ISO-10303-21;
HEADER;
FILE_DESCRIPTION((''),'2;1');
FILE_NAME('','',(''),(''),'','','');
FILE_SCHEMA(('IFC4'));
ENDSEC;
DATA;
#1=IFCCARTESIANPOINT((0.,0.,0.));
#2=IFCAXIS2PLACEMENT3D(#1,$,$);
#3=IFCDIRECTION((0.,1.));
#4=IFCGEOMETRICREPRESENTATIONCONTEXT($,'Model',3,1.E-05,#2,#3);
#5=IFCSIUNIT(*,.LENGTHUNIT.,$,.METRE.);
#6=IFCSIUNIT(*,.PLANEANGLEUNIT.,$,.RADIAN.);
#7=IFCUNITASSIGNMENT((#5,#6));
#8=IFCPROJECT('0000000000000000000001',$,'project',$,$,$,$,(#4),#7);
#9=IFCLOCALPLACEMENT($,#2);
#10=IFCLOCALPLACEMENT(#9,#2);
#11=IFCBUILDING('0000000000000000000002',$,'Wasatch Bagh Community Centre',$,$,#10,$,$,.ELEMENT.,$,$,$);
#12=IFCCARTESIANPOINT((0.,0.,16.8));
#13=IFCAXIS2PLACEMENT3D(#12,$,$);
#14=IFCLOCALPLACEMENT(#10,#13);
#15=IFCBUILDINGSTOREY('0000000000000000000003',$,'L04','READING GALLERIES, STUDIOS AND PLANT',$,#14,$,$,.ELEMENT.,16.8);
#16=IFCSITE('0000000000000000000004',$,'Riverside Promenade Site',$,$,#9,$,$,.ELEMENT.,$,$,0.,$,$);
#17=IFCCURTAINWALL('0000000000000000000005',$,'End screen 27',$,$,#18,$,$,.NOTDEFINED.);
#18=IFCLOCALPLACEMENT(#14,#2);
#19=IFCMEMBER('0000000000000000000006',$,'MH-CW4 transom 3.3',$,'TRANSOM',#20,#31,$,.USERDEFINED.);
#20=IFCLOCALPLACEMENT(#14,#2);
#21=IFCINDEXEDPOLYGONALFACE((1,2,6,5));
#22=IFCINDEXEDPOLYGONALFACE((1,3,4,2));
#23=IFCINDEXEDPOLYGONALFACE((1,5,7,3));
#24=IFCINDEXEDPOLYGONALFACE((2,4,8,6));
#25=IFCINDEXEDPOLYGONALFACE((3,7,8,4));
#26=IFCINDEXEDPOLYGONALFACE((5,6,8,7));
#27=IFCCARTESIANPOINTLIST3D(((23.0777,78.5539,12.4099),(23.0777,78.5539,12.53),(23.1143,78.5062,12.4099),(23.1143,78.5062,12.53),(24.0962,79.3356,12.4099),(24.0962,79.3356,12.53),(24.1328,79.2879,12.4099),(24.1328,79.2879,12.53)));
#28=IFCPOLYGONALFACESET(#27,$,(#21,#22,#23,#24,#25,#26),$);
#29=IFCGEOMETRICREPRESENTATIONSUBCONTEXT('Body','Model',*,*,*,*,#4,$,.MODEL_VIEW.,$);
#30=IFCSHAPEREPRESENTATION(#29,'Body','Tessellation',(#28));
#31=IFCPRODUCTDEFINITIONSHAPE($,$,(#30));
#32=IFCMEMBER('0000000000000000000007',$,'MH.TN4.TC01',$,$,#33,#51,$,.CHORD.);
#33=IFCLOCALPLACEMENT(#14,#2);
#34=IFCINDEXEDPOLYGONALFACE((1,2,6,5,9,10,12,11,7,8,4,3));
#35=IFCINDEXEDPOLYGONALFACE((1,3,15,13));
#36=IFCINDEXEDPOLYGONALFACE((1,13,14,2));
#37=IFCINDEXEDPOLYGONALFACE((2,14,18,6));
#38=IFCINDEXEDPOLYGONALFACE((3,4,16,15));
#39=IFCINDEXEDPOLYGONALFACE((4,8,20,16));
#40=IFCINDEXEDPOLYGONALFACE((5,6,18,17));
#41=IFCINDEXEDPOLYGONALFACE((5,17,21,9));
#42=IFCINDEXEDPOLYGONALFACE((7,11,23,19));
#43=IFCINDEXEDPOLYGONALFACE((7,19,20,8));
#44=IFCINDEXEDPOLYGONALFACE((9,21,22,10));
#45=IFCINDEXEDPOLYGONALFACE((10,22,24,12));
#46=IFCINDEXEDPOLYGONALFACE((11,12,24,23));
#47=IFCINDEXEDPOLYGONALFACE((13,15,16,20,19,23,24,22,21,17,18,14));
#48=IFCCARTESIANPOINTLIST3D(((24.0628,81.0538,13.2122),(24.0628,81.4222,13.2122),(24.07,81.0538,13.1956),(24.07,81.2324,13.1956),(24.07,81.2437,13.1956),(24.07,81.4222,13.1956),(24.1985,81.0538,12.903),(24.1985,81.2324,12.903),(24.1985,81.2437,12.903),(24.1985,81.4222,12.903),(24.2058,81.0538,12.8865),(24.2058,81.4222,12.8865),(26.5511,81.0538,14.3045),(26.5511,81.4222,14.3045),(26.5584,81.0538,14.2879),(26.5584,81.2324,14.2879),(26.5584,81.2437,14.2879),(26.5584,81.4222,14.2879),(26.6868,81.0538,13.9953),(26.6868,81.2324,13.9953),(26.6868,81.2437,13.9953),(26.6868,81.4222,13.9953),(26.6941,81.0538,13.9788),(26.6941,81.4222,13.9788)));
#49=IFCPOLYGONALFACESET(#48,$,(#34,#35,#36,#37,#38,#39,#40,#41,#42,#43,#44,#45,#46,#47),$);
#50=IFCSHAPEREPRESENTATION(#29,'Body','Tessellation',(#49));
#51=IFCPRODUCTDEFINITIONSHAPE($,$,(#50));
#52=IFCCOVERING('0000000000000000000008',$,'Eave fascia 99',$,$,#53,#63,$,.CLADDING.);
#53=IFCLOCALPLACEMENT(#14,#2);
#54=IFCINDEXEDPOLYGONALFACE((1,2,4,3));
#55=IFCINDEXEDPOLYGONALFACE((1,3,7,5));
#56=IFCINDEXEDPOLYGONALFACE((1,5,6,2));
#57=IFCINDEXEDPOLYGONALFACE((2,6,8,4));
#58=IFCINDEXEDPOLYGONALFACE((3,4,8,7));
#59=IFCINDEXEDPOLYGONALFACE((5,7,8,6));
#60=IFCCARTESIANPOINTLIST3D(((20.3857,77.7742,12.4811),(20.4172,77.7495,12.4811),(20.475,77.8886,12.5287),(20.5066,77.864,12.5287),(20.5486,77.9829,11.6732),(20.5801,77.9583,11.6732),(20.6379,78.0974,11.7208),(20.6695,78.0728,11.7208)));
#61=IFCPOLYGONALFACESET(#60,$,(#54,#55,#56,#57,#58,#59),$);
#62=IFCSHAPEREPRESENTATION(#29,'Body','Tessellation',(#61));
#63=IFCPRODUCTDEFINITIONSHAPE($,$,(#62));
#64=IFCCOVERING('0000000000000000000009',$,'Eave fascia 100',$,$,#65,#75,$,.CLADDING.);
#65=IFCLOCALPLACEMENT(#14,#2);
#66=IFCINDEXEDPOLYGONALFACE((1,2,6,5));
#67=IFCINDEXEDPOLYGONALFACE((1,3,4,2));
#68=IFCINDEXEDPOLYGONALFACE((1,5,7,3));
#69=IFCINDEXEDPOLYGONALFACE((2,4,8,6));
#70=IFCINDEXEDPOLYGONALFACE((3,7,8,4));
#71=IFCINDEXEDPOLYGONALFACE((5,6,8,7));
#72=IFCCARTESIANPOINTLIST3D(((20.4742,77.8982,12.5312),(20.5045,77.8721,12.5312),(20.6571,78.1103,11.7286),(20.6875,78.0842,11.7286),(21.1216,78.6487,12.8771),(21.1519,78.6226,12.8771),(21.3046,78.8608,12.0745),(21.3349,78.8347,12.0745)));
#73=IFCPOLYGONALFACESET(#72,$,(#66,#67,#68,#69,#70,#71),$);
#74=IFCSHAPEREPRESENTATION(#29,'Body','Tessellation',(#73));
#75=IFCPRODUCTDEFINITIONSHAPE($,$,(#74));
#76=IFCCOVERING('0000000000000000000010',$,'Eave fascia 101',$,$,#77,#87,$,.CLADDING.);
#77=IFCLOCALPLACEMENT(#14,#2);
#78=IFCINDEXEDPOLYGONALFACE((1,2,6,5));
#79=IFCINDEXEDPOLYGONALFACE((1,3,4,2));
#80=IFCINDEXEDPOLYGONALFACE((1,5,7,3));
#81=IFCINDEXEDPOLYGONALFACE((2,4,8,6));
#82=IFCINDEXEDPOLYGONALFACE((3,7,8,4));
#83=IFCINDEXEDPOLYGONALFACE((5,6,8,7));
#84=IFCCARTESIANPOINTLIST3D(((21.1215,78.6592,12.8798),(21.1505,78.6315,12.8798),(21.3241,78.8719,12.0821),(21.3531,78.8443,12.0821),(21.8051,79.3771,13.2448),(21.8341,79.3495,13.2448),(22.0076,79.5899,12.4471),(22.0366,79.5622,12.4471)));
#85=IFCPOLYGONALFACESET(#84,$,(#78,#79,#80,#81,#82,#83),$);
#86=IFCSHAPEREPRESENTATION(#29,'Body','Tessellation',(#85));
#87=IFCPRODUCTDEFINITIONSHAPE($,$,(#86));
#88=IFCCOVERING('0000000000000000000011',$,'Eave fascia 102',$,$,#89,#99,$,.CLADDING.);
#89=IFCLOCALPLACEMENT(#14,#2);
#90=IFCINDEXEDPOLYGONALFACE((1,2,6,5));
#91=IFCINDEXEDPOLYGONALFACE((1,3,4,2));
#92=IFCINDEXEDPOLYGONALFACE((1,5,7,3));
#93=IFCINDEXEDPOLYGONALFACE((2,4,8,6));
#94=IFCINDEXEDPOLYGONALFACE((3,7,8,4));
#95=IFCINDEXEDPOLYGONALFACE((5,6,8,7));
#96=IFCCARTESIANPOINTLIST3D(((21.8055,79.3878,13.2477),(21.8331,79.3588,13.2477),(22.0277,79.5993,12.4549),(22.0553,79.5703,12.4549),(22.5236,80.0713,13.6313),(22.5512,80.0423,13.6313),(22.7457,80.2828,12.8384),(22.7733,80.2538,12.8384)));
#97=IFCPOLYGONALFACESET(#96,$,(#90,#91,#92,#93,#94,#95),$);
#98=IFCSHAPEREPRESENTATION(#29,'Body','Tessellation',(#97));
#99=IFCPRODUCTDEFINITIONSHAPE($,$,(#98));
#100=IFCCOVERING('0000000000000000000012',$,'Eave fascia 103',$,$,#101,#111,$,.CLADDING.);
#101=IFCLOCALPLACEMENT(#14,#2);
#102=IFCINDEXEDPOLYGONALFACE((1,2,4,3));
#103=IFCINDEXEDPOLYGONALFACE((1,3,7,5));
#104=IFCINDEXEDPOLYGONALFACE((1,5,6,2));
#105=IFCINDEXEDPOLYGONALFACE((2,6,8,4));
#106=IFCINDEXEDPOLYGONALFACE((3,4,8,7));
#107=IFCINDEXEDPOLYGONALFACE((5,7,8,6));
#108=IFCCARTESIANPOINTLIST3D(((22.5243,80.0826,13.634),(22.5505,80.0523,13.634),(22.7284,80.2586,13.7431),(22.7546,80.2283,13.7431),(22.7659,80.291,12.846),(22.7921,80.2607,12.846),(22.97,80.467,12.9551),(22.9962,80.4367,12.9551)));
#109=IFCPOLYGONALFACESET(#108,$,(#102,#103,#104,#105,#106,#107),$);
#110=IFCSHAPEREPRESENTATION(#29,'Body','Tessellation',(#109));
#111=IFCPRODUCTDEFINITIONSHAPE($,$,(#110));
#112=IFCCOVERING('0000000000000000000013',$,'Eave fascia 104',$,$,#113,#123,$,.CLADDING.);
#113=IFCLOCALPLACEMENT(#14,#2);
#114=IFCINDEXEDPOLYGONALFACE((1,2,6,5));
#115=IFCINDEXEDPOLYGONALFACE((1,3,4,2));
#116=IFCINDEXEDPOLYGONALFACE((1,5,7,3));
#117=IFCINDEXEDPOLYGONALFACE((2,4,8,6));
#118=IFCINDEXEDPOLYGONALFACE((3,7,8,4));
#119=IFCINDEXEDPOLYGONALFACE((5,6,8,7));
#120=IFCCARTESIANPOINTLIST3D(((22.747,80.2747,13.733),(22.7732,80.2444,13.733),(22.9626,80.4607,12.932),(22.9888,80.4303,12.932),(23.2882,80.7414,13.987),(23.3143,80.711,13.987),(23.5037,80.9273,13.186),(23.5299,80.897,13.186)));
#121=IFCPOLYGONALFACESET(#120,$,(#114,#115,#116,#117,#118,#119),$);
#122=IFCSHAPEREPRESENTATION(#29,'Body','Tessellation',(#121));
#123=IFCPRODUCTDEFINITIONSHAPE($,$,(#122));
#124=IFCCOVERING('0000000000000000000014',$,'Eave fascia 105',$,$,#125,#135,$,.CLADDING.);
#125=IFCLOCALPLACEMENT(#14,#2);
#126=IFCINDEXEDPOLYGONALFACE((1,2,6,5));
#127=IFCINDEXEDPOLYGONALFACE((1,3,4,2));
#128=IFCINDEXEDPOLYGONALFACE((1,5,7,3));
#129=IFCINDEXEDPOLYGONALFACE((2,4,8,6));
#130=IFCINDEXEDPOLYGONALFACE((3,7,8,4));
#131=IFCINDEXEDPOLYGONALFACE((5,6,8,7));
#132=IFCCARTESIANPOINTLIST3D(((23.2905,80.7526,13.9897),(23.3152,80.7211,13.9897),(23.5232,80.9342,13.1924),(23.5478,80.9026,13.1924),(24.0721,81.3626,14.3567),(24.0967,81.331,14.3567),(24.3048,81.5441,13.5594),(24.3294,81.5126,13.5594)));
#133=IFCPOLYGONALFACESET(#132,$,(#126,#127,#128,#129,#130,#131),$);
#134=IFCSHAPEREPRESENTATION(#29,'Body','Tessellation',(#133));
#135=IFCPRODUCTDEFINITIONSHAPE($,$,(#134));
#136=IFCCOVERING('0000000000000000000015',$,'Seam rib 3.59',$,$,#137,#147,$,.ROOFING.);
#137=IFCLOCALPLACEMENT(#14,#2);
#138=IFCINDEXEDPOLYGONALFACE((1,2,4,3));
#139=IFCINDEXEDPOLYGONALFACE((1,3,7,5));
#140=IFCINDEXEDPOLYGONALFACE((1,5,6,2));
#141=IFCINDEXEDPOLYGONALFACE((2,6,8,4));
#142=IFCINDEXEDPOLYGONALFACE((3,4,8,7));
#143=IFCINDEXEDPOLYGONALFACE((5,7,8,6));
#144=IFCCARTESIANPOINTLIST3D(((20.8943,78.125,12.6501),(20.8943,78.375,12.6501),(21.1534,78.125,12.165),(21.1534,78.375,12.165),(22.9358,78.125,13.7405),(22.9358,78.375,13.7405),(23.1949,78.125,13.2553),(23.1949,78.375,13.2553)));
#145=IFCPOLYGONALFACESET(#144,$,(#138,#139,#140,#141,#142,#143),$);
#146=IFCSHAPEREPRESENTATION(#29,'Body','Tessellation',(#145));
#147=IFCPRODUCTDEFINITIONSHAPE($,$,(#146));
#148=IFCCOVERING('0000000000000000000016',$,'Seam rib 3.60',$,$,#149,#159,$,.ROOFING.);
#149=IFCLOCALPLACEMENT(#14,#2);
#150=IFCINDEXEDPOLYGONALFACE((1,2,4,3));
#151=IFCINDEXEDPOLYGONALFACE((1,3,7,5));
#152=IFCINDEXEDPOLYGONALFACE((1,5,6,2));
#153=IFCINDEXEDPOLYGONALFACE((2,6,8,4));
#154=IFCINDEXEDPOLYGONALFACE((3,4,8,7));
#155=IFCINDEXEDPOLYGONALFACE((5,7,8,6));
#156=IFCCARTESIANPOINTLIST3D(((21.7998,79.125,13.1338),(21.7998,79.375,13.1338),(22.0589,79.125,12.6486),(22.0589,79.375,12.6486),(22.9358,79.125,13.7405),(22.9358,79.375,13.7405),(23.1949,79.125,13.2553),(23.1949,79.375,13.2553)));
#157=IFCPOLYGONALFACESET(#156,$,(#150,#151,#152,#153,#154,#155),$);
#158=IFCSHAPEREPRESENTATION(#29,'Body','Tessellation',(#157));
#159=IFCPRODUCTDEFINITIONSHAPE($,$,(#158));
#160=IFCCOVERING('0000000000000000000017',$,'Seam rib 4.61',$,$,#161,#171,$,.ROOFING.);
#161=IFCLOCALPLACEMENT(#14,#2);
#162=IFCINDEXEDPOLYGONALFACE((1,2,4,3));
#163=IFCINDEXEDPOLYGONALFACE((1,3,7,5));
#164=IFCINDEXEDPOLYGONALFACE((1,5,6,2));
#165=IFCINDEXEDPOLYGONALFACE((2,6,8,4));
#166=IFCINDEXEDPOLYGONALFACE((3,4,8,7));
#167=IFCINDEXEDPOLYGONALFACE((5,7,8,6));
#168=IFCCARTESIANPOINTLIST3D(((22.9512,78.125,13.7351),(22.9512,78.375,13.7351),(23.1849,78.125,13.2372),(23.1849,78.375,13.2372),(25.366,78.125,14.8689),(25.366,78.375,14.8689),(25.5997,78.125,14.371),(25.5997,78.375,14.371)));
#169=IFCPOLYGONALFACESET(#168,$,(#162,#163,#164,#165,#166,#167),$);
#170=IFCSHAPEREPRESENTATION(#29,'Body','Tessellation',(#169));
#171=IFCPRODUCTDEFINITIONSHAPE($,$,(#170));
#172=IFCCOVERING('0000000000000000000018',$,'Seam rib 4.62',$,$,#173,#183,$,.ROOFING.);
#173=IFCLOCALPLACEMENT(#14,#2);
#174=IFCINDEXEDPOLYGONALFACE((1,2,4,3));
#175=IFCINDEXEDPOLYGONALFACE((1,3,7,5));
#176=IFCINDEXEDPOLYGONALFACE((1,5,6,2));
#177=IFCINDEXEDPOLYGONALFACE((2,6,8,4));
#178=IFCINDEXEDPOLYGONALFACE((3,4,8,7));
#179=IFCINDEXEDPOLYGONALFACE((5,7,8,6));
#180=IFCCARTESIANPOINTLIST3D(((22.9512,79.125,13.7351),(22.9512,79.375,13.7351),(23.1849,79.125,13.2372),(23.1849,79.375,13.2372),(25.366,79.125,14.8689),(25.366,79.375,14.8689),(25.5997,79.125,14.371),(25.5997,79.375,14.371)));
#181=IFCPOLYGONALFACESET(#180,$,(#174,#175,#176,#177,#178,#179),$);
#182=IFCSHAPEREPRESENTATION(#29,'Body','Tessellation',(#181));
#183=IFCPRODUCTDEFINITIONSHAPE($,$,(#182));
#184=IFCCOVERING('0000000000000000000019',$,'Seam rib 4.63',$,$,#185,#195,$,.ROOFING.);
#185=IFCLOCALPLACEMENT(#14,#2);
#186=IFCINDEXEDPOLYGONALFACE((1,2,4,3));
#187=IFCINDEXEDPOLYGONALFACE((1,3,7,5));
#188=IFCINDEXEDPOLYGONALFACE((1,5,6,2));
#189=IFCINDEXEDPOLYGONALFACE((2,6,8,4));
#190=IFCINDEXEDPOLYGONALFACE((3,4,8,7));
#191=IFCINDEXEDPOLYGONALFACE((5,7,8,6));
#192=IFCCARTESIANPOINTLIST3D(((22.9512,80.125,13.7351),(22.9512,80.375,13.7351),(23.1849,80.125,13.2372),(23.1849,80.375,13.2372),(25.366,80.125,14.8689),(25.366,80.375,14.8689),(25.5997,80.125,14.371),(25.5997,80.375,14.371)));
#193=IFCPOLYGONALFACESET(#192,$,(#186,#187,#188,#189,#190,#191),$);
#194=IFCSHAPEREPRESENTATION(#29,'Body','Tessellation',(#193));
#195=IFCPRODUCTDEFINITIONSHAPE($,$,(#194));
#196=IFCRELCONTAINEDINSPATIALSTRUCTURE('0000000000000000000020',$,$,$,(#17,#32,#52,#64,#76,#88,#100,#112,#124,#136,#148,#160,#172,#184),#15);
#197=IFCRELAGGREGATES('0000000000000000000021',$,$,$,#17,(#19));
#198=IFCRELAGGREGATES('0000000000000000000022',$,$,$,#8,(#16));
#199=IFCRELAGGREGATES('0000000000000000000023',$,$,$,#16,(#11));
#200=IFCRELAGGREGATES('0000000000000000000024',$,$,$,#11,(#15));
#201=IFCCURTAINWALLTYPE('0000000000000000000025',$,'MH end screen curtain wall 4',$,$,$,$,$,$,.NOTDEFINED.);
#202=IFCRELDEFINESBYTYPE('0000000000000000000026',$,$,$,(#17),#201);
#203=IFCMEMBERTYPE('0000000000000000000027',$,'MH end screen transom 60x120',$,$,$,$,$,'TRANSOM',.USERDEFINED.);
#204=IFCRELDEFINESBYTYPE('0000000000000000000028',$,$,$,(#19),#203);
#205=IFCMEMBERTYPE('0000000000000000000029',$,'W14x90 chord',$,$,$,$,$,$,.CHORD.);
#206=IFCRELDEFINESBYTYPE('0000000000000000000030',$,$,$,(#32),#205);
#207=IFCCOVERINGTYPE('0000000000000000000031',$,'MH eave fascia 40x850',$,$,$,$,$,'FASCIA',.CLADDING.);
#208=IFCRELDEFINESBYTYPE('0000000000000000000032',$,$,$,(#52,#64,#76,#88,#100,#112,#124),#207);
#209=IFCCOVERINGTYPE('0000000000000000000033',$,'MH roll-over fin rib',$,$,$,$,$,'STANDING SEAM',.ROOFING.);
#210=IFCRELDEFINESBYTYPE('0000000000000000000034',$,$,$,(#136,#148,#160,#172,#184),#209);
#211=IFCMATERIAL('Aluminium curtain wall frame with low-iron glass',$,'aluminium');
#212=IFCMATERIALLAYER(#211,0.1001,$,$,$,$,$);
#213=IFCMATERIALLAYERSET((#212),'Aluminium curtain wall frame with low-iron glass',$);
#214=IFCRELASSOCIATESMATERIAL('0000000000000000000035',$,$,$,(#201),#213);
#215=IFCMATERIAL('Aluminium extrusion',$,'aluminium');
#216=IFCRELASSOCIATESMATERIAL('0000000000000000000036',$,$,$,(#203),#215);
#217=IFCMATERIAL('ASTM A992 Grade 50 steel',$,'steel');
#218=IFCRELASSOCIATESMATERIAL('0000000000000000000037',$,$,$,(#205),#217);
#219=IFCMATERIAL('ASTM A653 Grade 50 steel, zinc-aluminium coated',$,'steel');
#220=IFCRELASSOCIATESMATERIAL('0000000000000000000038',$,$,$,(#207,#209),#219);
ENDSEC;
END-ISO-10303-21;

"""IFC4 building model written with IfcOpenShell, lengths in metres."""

from ifc_helpers import new_model, si_unit, direction, frame, origin, origin_2d, place, context, subcontext, project, spatial, polyline, rectangle, i_section, outline, extrude, material, layer, layer_set, material_profile, profile_set, type_object, element, aggregate, save


model = new_model("IFC4")

# Units and contexts
model_context = context("Model", 3, precision=1e-05, world=origin(), true_north=direction((0.0, 1.0)))
body_context = subcontext(model_context, "Body", "Model", "MODEL_VIEW")
ifc_project = project(units=[si_unit("LENGTHUNIT", "METRE"), si_unit("PLANEANGLEUNIT", "RADIAN")], contexts=[model_context])

# Site, building, storey
site_placement = place(None, origin())
site = spatial("IfcSite", under=ifc_project, at=site_placement, Name="Riverside Promenade Site", CompositionType="ELEMENT", RefElevation=0.0)
building_placement = place(site_placement, origin())
building = spatial("IfcBuilding", under=site, at=building_placement, Name="Wasatch Bagh Community Centre", CompositionType="ELEMENT")
storey_placement = place(building_placement, frame((0.0, 0.0, 16.8)))
storey = spatial("IfcBuildingStorey", under=building, at=storey_placement, Name="L04", Description="READING GALLERIES, STUDIOS AND PLANT", CompositionType="ELEMENT", Elevation=16.8)

# Curtain wall, member
ifc_material_1 = material(Name="Aluminium curtain wall frame with low-iron glass", Category="aluminium")
ifc_layer_1 = layer(ifc_material_1, 0.1001)
ifc_layer_set_1 = layer_set([ifc_layer_1], Name="Aluminium curtain wall frame with low-iron glass")
curtain_wall_type = type_object("IfcCurtainWallType", Name="MH end screen curtain wall 4", PredefinedType="NOTDEFINED", material=ifc_layer_set_1)
curtain_wall_placement = place(storey_placement, origin())
curtain_wall = element("IfcCurtainWall", 1, at=curtain_wall_placement, inside=storey, type_object=curtain_wall_type, Name="End screen 27", PredefinedType="NOTDEFINED")
ifc_material_2 = material(Name="Aluminium extrusion", Category="aluminium")
ifc_material_profile_1 = material_profile(ifc_material_2, rectangle(XDim=0.0601, YDim=0.1201, at=origin_2d()), Name="AL 60x120")
ifc_profile_set_1 = profile_set([ifc_material_profile_1], Name="Aluminium extrusion")
member_type_1 = type_object("IfcMemberType", Name="MH end screen transom 60x120", ElementType="TRANSOM", PredefinedType="USERDEFINED", material=ifc_profile_set_1)
member_1_placement = place(storey_placement, frame((24.1145, 79.3118, 12.47), z_axis=(-0.793288, -0.608847, 0.0), x_axis=(0.608847, -0.793288, 0.0)))
member_1 = element("IfcMember", 2, at=member_1_placement, type_object=member_type_1, Name="MH-CW4 transom 3.3", ObjectType="TRANSOM", PredefinedType="USERDEFINED", context=body_context, shape_type="SweptSolid", body=[
    extrude(rectangle(XDim=0.0601, YDim=0.1201, at=origin_2d()), origin(), (0.0, 0.0, 1.0), 1.2839),
])
aggregate(curtain_wall, [member_1])

# Member
ifc_material_3 = material(Name="ASTM A992 Grade 50 steel", Category="steel")
ifc_material_profile_2 = material_profile(ifc_material_3, i_section(OverallWidth=0.3684, OverallDepth=0.3557, WebThickness=0.0112, FlangeThickness=0.0181, at=origin_2d()), Name="W14x90")
ifc_profile_set_2 = profile_set([ifc_material_profile_2], Name="ASTM A992 Grade 50 steel")
member_type_2 = type_object("IfcMemberType", Name="W14x90 chord", PredefinedType="CHORD", material=ifc_profile_set_2)
member_2_placement = place(storey_placement, frame((24.1343, 81.238, 13.0493), z_axis=(0.915662, 0.0, 0.40195), x_axis=(0.0, 1.0, 0.0)))
element("IfcMember", 3, at=member_2_placement, inside=storey, type_object=member_type_2, Name="MH.TN4.TC01", PredefinedType="CHORD", context=body_context, shape_type="SweptSolid", body=[
    extrude(i_section(OverallWidth=0.3684, OverallDepth=0.3557, WebThickness=0.0112, FlangeThickness=0.0181, at=origin_2d()), origin(), (0.0, 0.0, 1.0), 2.7175),
])

# Coverings
ifc_material_4 = material(Name="ASTM A653 Grade 50 steel, zinc-aluminium coated", Category="steel")
ifc_material_profile_3 = material_profile(ifc_material_4, rectangle(XDim=0.04, YDim=0.8501, at=origin_2d()), Name="FASCIA 40x850")
ifc_profile_set_3 = profile_set([ifc_material_profile_3], Name="ASTM A653 Grade 50 steel, zinc-aluminium coated")
covering_type_1 = type_object("IfcCoveringType", Name="MH eave fascia 40x850", ElementType="FASCIA", PredefinedType="CLADDING", material=ifc_profile_set_3)
covering_1_placement = place(storey_placement, frame((20.4829, 77.8662, 12.0771), z_axis=(0.584615, 0.749138, 0.311475), x_axis=(-0.788356, 0.61522, 0.0)))
element("IfcCovering", 4, at=covering_1_placement, inside=storey, type_object=covering_type_1, Name="Eave fascia 99", PredefinedType="CLADDING", context=body_context, shape_type="SweptSolid", body=[
    extrude(rectangle(XDim=0.04, YDim=0.8501, at=origin_2d()), origin(), (0.0, 0.0, 1.0), 0.1528),
])
covering_2_placement = place(storey_placement, frame((20.5808, 77.9912, 12.1299), z_axis=(0.616736, 0.714875, 0.329531), x_axis=(-0.757166, 0.653222, 0.0)))
element("IfcCovering", 5, at=covering_2_placement, inside=storey, type_object=covering_type_1, Name="Eave fascia 100", PredefinedType="CLADDING", context=body_context, shape_type="SweptSolid", body=[
    extrude(rectangle(XDim=0.04, YDim=0.8501, at=origin_2d()), origin(), (0.0, 0.0, 1.0), 1.0498),
])
covering_3_placement = place(storey_placement, frame((21.2373, 78.7517, 12.481), z_axis=(0.647072, 0.679657, 0.34549), x_axis=(-0.724255, 0.689532, 0.0)))
element("IfcCovering", 6, at=covering_3_placement, inside=storey, type_object=covering_type_1, Name="Eave fascia 101", PredefinedType="CLADDING", context=body_context, shape_type="SweptSolid", body=[
    extrude(rectangle(XDim=0.04, YDim=0.8501, at=origin_2d()), origin(), (0.0, 0.0, 1.0), 1.0564),
])
covering_4_placement = place(storey_placement, frame((21.9304, 79.479, 12.8513), z_axis=(0.675467, 0.643083, 0.360816), x_axis=(-0.689532, 0.724255, 0.0)))
element("IfcCovering", 7, at=covering_4_placement, inside=storey, type_object=covering_type_1, Name="Eave fascia 102", PredefinedType="CLADDING", context=body_context, shape_type="SweptSolid", body=[
    extrude(rectangle(XDim=0.04, YDim=0.8501, at=origin_2d()), origin(), (0.0, 0.0, 1.0), 1.063),
])
covering_5_placement = place(storey_placement, frame((22.6582, 80.1716, 13.24), z_axis=(0.701915, 0.60536, 0.375306), x_axis=(-0.653101, 0.757271, 0.0)))
element("IfcCovering", 8, at=covering_5_placement, inside=storey, type_object=covering_type_1, Name="Eave fascia 103", PredefinedType="CLADDING", context=body_context, shape_type="SweptSolid", body=[
    extrude(rectangle(XDim=0.04, YDim=0.8501, at=origin_2d()), origin(), (0.0, 0.0, 1.0), 0.2908),
])
covering_6_placement = place(storey_placement, frame((22.8679, 80.3525, 13.3325), z_axis=(0.713571, 0.615358, 0.334889), x_axis=(-0.653068, 0.757299, 0.0)))
element("IfcCovering", 9, at=covering_6_placement, inside=storey, type_object=covering_type_1, Name="Eave fascia 104", PredefinedType="CLADDING", context=body_context, shape_type="SweptSolid", body=[
    extrude(rectangle(XDim=0.04, YDim=0.8501, at=origin_2d()), origin(), (0.0, 0.0, 1.0), 0.7583),
])
covering_7_placement = place(storey_placement, frame((23.4192, 80.8276, 13.5911), z_axis=(0.73933, 0.576959, 0.347145), x_axis=(-0.615219, 0.788357, 0.0)))
element("IfcCovering", 10, at=covering_7_placement, inside=storey, type_object=covering_type_1, Name="Eave fascia 105", PredefinedType="CLADDING", context=body_context, shape_type="SweptSolid", body=[
    extrude(rectangle(XDim=0.04, YDim=0.8501, at=origin_2d()), origin(), (0.0, 0.0, 1.0), 1.0571),
])
covering_type_2 = type_object("IfcCoveringType", Name="MH roll-over fin rib", ElementType="STANDING SEAM", PredefinedType="ROOFING", material=ifc_material_4)
covering_8_placement = place(storey_placement, frame((20.8943, 78.125, 12.6501), z_axis=(-0.471103, 0.0, 0.882078), x_axis=(0.882078, 0.0, 0.471103)))
element("IfcCovering", 11, at=covering_8_placement, inside=storey, type_object=covering_type_2, Name="Seam rib 3.59", PredefinedType="ROOFING", context=body_context, shape_type="SweptSolid", body=[
    extrude(outline(polyline([(0.0, 0.0), (2.3144, 0.0), (2.3144, 0.25), (0.0, 0.25), (0.0, 0.0)])), origin(), (0.0, 0.0, -1.0), 0.55),
])
covering_9_placement = place(storey_placement, frame((21.7998, 79.125, 13.1338), z_axis=(-0.47109, 0.0, 0.882085), x_axis=(0.882085, 0.0, 0.47109)))
element("IfcCovering", 12, at=covering_9_placement, inside=storey, type_object=covering_type_2, Name="Seam rib 3.60", PredefinedType="ROOFING", context=body_context, shape_type="SweptSolid", body=[
    extrude(outline(polyline([(0.0, 0.0), (1.2878, 0.0), (1.2878, 0.25), (0.0, 0.25), (0.0, 0.0)])), origin(), (0.0, 0.0, -1.0), 0.55),
])
for number, where, z_axis, x_axis, name in (
    (13, (22.9512, 78.125, 13.7351), (-0.425004, 0.0, 0.905192), (0.905192, 0.0, 0.425004), "Seam rib 4.61"),
    (14, (22.9512, 79.125, 13.7351), (-0.425004, 0.0, 0.905192), (0.905192, 0.0, 0.425004), "Seam rib 4.62"),
    (15, (22.9512, 80.125, 13.7351), (-0.425004, 0.0, 0.905192), (0.905192, 0.0, 0.425004), "Seam rib 4.63"),
):
    element("IfcCovering", number, at=place(storey_placement, frame(where, z_axis=z_axis, x_axis=x_axis)), inside=storey, type_object=covering_type_2, Name=name, PredefinedType="ROOFING", context=body_context, shape_type="SweptSolid", body=[
        extrude(outline(polyline([(0.0, 0.0), (2.6677, 0.0), (2.6677, 0.25), (0.0, 0.25), (0.0, 0.0)])), origin(), (0.0, 0.0, -1.0), 0.55),
    ])

save(model, "model.ifc")
